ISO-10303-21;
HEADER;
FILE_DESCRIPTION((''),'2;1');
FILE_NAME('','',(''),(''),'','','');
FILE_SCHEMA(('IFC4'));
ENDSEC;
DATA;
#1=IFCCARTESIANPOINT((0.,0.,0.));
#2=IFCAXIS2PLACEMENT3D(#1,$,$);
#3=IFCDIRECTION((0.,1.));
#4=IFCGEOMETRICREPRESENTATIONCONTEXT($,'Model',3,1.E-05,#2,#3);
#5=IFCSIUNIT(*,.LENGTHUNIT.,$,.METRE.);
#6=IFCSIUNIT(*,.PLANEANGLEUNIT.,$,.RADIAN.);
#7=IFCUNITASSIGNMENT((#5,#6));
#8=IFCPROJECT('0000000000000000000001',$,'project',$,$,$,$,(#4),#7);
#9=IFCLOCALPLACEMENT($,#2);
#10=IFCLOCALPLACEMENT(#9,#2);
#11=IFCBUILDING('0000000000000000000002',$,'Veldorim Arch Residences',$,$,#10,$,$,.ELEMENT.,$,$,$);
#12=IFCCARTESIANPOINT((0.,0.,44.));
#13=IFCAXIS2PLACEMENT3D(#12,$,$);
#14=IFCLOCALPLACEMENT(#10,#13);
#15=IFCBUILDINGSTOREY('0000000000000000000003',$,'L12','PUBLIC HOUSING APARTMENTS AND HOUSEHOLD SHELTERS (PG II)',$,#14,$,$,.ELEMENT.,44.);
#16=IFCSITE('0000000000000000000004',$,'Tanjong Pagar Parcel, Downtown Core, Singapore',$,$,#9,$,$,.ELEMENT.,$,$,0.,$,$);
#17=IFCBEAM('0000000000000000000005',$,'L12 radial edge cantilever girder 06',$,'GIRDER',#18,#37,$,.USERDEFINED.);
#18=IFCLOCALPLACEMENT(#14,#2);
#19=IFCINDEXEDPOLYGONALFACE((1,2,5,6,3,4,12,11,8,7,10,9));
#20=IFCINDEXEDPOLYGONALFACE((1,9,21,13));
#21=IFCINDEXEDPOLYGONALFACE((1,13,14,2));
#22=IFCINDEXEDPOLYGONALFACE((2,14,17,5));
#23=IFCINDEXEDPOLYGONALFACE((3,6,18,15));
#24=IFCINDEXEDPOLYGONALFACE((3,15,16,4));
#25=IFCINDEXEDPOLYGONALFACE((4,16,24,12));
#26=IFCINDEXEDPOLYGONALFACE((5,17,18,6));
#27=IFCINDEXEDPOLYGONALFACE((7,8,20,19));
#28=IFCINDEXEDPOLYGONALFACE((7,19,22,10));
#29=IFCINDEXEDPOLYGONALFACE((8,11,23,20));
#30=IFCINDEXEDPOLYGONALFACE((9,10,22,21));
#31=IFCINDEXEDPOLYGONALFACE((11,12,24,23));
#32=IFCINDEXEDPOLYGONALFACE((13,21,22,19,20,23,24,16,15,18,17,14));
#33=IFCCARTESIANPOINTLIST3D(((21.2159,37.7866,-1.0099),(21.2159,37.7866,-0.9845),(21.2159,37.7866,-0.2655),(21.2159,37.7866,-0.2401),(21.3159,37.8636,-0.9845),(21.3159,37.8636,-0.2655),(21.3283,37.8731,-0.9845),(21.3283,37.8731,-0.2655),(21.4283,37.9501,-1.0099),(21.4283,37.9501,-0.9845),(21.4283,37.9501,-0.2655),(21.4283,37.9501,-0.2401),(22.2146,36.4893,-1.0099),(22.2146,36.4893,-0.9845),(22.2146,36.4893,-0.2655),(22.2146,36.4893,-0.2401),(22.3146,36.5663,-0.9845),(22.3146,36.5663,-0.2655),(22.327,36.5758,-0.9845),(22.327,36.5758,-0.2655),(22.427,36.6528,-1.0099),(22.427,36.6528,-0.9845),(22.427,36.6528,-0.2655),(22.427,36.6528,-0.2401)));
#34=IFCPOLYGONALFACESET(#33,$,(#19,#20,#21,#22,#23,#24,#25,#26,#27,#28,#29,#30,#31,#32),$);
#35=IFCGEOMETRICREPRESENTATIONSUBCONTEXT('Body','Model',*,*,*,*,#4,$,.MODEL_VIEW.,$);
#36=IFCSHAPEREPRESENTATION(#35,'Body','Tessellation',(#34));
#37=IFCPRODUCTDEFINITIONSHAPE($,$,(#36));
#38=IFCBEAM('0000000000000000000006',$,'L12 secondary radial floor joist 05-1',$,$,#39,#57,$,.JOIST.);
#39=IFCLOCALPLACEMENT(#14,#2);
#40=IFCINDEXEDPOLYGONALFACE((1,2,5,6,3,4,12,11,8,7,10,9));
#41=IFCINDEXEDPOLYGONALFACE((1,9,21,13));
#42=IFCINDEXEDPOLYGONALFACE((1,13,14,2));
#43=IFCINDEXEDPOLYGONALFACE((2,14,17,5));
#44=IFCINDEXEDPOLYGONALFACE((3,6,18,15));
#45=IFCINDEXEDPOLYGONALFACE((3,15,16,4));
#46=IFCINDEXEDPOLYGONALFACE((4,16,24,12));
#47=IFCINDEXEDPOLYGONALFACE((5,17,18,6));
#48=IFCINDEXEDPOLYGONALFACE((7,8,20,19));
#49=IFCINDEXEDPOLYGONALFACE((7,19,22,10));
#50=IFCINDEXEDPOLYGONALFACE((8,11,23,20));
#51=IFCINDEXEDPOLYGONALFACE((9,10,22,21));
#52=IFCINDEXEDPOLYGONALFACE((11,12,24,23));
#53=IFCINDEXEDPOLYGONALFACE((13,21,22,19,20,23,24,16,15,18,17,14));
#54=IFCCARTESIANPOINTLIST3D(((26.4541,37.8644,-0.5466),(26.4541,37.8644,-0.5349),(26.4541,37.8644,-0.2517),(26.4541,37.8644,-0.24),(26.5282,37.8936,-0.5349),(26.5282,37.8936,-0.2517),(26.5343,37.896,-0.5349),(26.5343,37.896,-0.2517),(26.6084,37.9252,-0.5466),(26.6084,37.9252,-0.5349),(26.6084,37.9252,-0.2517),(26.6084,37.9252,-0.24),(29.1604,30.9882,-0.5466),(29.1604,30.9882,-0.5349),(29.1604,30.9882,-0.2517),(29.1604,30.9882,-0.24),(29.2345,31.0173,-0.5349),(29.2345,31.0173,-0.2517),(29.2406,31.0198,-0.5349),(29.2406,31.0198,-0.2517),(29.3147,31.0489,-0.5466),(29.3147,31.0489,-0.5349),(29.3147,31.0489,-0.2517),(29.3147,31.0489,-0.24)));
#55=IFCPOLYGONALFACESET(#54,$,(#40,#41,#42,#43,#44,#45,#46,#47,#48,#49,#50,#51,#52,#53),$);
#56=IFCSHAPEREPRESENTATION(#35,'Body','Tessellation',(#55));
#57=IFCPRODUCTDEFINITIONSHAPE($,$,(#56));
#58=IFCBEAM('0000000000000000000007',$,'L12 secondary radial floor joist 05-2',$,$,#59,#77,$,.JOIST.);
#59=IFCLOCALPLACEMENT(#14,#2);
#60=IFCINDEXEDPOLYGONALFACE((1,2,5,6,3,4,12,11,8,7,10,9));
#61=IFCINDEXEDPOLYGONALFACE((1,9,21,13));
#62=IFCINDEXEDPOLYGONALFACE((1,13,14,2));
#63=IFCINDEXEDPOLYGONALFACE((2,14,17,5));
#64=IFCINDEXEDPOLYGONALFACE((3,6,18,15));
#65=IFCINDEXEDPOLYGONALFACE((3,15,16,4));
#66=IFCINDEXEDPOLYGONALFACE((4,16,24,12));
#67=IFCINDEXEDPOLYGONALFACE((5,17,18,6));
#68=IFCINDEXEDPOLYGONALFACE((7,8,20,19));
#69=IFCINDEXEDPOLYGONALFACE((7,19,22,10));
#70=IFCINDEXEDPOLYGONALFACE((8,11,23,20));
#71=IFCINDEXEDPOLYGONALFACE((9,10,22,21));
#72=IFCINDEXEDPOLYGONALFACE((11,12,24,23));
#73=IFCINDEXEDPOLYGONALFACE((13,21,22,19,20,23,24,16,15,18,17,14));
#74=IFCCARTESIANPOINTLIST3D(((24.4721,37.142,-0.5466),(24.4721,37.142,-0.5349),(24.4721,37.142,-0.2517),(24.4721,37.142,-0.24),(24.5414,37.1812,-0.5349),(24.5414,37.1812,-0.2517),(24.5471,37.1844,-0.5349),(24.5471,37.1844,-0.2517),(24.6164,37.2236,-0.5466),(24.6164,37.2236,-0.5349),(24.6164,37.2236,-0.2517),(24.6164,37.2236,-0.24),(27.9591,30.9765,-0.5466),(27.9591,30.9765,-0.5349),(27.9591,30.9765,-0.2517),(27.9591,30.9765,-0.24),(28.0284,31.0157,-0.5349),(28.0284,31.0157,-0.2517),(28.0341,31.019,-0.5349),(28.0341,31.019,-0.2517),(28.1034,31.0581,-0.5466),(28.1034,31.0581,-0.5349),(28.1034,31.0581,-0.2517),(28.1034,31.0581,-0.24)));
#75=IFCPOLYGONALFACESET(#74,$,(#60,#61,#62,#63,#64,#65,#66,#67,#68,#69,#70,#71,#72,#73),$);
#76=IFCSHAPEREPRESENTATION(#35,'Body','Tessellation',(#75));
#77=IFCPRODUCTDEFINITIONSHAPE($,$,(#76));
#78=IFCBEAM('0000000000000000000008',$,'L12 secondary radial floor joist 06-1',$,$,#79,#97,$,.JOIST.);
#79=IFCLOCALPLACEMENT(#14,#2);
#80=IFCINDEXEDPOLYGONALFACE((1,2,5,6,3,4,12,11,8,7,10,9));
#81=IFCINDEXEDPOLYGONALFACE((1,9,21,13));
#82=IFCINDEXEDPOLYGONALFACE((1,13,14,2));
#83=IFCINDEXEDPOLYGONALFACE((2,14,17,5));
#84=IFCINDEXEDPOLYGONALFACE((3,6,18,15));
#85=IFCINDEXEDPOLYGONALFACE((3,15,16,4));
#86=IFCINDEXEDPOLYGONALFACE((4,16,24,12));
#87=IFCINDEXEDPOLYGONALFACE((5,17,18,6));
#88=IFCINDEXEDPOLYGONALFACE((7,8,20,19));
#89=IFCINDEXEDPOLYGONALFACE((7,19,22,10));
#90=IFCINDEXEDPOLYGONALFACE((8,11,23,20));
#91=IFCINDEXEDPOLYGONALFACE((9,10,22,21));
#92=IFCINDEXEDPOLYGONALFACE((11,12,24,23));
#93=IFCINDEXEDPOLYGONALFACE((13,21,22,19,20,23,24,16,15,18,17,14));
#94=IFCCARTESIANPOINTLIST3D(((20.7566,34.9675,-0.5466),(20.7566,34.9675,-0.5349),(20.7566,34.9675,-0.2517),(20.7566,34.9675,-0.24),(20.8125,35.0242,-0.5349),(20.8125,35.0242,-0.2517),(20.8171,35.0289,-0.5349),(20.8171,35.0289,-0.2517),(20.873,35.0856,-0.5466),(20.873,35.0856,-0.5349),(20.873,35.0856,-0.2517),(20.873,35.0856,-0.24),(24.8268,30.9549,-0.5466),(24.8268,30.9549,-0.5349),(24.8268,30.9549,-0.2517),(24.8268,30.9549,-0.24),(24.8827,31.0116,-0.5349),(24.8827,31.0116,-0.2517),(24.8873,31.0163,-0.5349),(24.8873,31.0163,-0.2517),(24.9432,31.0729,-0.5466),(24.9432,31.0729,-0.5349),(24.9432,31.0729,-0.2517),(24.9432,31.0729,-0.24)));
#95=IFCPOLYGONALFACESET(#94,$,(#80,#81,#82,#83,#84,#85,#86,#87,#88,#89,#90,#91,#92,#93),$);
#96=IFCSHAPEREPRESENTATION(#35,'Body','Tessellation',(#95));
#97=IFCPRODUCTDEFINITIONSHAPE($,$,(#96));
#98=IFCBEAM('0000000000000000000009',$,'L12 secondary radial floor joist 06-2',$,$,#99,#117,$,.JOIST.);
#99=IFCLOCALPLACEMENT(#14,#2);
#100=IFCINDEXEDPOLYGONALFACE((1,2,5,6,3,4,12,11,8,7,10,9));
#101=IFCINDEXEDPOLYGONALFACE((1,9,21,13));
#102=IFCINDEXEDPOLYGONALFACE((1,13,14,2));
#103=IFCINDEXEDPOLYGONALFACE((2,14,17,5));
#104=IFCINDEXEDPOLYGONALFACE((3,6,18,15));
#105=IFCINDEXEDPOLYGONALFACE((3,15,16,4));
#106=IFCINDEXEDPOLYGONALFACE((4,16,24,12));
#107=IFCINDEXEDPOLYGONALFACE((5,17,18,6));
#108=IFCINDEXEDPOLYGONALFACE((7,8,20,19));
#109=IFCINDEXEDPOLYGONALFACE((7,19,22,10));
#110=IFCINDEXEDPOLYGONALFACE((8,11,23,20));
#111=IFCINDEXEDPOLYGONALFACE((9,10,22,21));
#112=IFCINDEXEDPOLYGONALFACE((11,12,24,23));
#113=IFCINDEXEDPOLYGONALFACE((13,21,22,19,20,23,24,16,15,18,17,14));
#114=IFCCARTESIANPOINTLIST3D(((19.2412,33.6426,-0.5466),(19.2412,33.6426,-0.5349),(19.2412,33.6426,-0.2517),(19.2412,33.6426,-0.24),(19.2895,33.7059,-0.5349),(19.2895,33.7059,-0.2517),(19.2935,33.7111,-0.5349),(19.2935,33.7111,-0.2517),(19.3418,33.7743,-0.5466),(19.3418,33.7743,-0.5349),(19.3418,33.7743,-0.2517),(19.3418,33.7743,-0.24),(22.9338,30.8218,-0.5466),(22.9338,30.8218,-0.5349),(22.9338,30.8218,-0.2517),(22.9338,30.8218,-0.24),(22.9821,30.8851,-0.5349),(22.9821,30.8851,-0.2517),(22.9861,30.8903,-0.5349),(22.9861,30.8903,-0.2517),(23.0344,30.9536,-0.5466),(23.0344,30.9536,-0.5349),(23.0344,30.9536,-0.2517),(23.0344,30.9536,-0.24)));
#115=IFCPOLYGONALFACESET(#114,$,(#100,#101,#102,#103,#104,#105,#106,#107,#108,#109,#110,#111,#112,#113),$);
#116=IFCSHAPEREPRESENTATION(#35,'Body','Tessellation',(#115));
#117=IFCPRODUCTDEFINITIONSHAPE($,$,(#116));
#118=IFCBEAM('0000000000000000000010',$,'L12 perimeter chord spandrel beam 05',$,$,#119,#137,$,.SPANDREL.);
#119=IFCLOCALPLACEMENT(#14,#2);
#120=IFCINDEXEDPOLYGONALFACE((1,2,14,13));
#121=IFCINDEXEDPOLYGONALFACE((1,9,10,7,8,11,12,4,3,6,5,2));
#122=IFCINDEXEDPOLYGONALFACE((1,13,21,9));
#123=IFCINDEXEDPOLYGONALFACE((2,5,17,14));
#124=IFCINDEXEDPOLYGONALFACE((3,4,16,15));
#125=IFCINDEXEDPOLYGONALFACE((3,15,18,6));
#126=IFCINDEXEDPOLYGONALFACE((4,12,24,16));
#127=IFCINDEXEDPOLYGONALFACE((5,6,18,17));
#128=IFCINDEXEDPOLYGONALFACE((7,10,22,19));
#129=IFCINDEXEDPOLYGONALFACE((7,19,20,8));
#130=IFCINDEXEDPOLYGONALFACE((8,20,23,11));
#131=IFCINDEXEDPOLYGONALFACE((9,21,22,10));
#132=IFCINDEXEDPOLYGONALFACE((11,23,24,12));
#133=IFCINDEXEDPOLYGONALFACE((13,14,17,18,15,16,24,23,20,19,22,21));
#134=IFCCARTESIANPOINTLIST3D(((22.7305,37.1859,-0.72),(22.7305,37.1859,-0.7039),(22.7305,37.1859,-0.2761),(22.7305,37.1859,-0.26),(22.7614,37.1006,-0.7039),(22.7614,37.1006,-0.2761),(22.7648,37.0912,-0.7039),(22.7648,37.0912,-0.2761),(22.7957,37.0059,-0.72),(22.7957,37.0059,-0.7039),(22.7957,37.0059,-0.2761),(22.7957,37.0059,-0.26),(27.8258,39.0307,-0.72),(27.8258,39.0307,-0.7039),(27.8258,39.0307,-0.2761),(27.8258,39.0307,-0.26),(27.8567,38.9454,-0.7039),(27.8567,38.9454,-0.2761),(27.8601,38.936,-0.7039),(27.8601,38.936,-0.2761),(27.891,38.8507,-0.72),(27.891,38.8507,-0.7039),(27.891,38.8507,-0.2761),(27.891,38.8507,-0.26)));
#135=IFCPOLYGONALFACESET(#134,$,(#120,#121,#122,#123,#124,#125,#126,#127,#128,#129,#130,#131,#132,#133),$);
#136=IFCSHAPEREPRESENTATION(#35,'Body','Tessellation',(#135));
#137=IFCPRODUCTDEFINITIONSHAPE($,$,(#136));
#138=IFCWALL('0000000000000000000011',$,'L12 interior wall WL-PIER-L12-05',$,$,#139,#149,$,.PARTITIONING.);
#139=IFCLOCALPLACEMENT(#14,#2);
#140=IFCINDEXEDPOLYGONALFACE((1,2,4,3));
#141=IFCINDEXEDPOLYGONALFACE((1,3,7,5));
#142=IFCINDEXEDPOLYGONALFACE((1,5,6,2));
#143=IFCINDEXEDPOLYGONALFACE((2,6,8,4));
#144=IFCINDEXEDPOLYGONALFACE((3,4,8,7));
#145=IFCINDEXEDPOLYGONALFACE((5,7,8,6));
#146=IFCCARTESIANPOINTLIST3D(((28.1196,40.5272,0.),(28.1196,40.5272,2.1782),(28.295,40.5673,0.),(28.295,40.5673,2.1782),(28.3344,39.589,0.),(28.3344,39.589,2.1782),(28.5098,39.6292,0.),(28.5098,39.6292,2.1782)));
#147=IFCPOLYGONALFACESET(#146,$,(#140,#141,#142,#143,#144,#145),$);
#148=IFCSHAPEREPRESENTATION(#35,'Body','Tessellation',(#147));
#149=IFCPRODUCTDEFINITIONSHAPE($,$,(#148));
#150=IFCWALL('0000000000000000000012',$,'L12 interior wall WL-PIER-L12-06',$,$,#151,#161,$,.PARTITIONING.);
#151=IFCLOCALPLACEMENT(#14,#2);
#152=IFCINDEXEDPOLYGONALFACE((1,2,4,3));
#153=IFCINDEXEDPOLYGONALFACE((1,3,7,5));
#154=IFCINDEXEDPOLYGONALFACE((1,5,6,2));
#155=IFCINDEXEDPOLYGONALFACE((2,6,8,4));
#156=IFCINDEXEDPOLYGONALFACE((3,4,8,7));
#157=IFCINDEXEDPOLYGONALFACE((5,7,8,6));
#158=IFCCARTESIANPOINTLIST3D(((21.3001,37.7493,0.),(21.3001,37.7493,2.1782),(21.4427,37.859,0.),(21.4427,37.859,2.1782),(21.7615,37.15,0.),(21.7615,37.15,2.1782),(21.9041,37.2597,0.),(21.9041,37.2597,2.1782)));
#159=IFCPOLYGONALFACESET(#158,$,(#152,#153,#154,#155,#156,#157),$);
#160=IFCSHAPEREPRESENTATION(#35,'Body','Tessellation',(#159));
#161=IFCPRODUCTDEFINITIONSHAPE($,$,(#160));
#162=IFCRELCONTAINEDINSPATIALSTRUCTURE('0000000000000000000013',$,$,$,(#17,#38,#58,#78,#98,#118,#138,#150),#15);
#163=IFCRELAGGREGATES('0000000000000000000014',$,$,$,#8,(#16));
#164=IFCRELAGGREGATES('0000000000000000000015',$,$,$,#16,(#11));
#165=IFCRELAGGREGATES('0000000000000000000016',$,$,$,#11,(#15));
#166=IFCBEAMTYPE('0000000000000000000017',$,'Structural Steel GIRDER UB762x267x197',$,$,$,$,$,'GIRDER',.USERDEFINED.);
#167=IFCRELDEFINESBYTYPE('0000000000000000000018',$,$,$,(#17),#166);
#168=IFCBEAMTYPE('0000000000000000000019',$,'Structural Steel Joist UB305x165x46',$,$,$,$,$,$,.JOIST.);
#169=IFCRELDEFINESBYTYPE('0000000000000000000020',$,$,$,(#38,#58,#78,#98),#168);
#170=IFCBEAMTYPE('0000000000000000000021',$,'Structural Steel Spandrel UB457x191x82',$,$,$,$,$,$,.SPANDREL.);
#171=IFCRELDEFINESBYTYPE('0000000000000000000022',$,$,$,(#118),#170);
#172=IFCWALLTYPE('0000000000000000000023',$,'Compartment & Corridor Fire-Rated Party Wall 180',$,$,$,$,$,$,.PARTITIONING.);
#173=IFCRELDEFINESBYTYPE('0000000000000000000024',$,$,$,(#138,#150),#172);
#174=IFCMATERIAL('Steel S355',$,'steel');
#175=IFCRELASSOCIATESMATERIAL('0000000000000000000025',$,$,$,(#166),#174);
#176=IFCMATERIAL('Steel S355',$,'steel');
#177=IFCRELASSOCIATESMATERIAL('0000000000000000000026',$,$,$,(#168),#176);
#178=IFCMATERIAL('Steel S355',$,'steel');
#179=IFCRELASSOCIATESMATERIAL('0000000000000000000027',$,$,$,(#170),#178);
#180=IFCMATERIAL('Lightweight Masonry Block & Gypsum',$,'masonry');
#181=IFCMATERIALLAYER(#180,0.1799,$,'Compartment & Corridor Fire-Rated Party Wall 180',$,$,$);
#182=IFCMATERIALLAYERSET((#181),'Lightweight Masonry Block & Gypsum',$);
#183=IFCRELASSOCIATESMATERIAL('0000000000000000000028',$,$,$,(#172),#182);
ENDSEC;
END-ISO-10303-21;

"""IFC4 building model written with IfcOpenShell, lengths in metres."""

from ifc_helpers import new_model, si_unit, direction, frame, frame_2d, origin, origin_2d, place, context, subcontext, project, spatial, rectangle, i_section, extrude, material, layer, layer_set, material_profile, profile_set, type_object, element, save


model = new_model("IFC4")

# Units and contexts
model_context = context("Model", 3, precision=1e-05, world=origin(), true_north=direction((0.0, 1.0)))
body_context = subcontext(model_context, "Body", "Model", "MODEL_VIEW")
ifc_project = project(units=[si_unit("LENGTHUNIT", "METRE"), si_unit("PLANEANGLEUNIT", "RADIAN")], contexts=[model_context])

# Site, building, storey
site_placement = place(None, origin())
site = spatial("IfcSite", under=ifc_project, at=site_placement, Name="Tanjong Pagar Parcel, Downtown Core, Singapore", CompositionType="ELEMENT", RefElevation=0.0)
building_placement = place(site_placement, origin())
building = spatial("IfcBuilding", under=site, at=building_placement, Name="Veldorim Arch Residences", CompositionType="ELEMENT")
storey_placement = place(building_placement, frame((0.0, 0.0, 44.0)))
storey = spatial("IfcBuildingStorey", under=building, at=storey_placement, Name="L12", Description="PUBLIC HOUSING APARTMENTS AND HOUSEHOLD SHELTERS (PG II)", CompositionType="ELEMENT", Elevation=44.0)

# Beams
ifc_material_1 = material(Name="Steel S355", Category="steel")
ifc_material_profile_1 = material_profile(ifc_material_1, i_section(OverallWidth=0.2681, OverallDepth=0.7698, WebThickness=0.0156, FlangeThickness=0.0254, at=origin_2d()), Name="UB762x267x197")
ifc_profile_set_1 = profile_set([ifc_material_profile_1], Name="Steel S355")
beam_type_1 = type_object("IfcBeamType", Name="Structural Steel GIRDER UB762x267x197", ElementType="GIRDER", PredefinedType="USERDEFINED", material=ifc_profile_set_1)
beam_1_placement = place(storey_placement, frame((22.3208, 36.571, -0.625), z_axis=(-0.610021, 0.792386, 0.0), x_axis=(-0.792386, -0.610021, 0.0)))
element("IfcBeam", 1, at=beam_1_placement, inside=storey, type_object=beam_type_1, Name="L12 radial edge cantilever girder 06", ObjectType="GIRDER", PredefinedType="USERDEFINED", context=body_context, shape_type="SweptSolid", body=[
    extrude(i_section(OverallWidth=0.2681, OverallDepth=0.7698, WebThickness=0.0156, FlangeThickness=0.0254, at=origin_2d()), origin(), (0.0, 0.0, 1.0), 1.6372),
])
ifc_material_2 = material(Name="Steel S355", Category="steel")
ifc_material_profile_2 = material_profile(ifc_material_2, i_section(OverallWidth=0.1658, OverallDepth=0.3066, WebThickness=0.0066, FlangeThickness=0.0117, at=origin_2d()), Name="UB305x165x46")
ifc_profile_set_2 = profile_set([ifc_material_profile_2], Name="Steel S355")
beam_type_2 = type_object("IfcBeamType", Name="Structural Steel Joist UB305x165x46", PredefinedType="JOIST", material=ifc_profile_set_2)
beam_2_placement = place(storey_placement, frame((29.2375, 31.0186, -0.3933), z_axis=(-0.36623, 0.930524, 0.0), x_axis=(-0.930524, -0.36623, 0.0)))
element("IfcBeam", 2, at=beam_2_placement, inside=storey, type_object=beam_type_2, Name="L12 secondary radial floor joist 05-1", PredefinedType="JOIST", context=body_context, shape_type="SweptSolid", body=[
    extrude(i_section(OverallWidth=0.1658, OverallDepth=0.3066, WebThickness=0.0066, FlangeThickness=0.0117, at=origin_2d()), origin(), (0.0, 0.0, 1.0), 7.3896),
])
beam_3_placement = place(storey_placement, frame((28.0312, 31.0173, -0.3933), z_axis=(-0.492292, 0.87043, 0.0), x_axis=(-0.87043, -0.492292, 0.0)))
element("IfcBeam", 3, at=beam_3_placement, inside=storey, type_object=beam_type_2, Name="L12 secondary radial floor joist 05-2", PredefinedType="JOIST", context=body_context, shape_type="SweptSolid", body=[
    extrude(i_section(OverallWidth=0.1658, OverallDepth=0.3066, WebThickness=0.0066, FlangeThickness=0.0117, at=origin_2d()), origin(), (0.0, 0.0, 1.0), 7.0833),
])
beam_4_placement = place(storey_placement, frame((24.885, 31.0139, -0.3933), z_axis=(-0.712129, 0.702049, 0.0), x_axis=(-0.702049, -0.712129, 0.0)))
element("IfcBeam", 4, at=beam_4_placement, inside=storey, type_object=beam_type_2, Name="L12 secondary radial floor joist 06-1", PredefinedType="JOIST", context=body_context, shape_type="SweptSolid", body=[
    extrude(i_section(OverallWidth=0.1658, OverallDepth=0.3066, WebThickness=0.0066, FlangeThickness=0.0117, at=origin_2d()), origin(), (0.0, 0.0, 1.0), 5.7156),
])
beam_5_placement = place(storey_placement, frame((22.9841, 30.8877, -0.3933), z_axis=(-0.794666, 0.607046, 0.0), x_axis=(-0.607046, -0.794666, 0.0)))
element("IfcBeam", 5, at=beam_5_placement, inside=storey, type_object=beam_type_2, Name="L12 secondary radial floor joist 06-2", PredefinedType="JOIST", context=body_context, shape_type="SweptSolid", body=[
    extrude(i_section(OverallWidth=0.1658, OverallDepth=0.3066, WebThickness=0.0066, FlangeThickness=0.0117, at=origin_2d()), origin(), (0.0, 0.0, 1.0), 4.6467),
])
ifc_material_3 = material(Name="Steel S355", Category="steel")
ifc_material_profile_3 = material_profile(ifc_material_3, i_section(OverallWidth=0.1914, OverallDepth=0.46, WebThickness=0.01, FlangeThickness=0.0161, at=origin_2d()), Name="UB457x191x82")
ifc_profile_set_3 = profile_set([ifc_material_profile_3], Name="Steel S355")
beam_type_3 = type_object("IfcBeamType", Name="Structural Steel Spandrel UB457x191x82", PredefinedType="SPANDREL", material=ifc_profile_set_3)
beam_6_placement = place(storey_placement, frame((27.8584, 38.9407, -0.49), z_axis=(-0.940271, -0.340426, 0.0), x_axis=(0.340426, -0.940271, 0.0)))
element("IfcBeam", 6, at=beam_6_placement, inside=storey, type_object=beam_type_3, Name="L12 perimeter chord spandrel beam 05", PredefinedType="SPANDREL", context=body_context, shape_type="SweptSolid", body=[
    extrude(i_section(OverallWidth=0.1914, OverallDepth=0.46, WebThickness=0.01, FlangeThickness=0.0161, at=origin_2d()), origin(), (0.0, 0.0, 1.0), 5.4189),
])

# Walls
ifc_material_4 = material(Name="Lightweight Masonry Block & Gypsum", Category="masonry")
ifc_layer_1 = layer(ifc_material_4, 0.1799, Name="Compartment & Corridor Fire-Rated Party Wall 180")
ifc_layer_set_1 = layer_set([ifc_layer_1], Name="Lightweight Masonry Block & Gypsum")
wall_type_1 = type_object("IfcWallType", Name="Compartment & Corridor Fire-Rated Party Wall 180", PredefinedType="PARTITIONING", material=ifc_layer_set_1)
wall_1_placement = place(storey_placement, frame((28.4221, 39.6091, 0.0), z_axis=(0.0, 0.0, 1.0), x_axis=(-0.22321, 0.97477, 0.0)))
element("IfcWall", 7, at=wall_1_placement, inside=storey, type_object=wall_type_1, Name="L12 interior wall WL-PIER-L12-05", PredefinedType="PARTITIONING", context=body_context, shape_type="SweptSolid", body=[
    extrude(rectangle(XDim=0.9624, YDim=0.1799, at=frame_2d((0.4812, 0.0))), origin(), (0.0, 0.0, 1.0), 2.1782),
])
wall_2_placement = place(storey_placement, frame((21.8328, 37.2048, 0.0), z_axis=(0.0, 0.0, 1.0), x_axis=(-0.610023, 0.792384, 0.0)))
element("IfcWall", 8, at=wall_2_placement, inside=storey, type_object=wall_type_1, Name="L12 interior wall WL-PIER-L12-06", PredefinedType="PARTITIONING", context=body_context, shape_type="SweptSolid", body=[
    extrude(rectangle(XDim=0.7563, YDim=0.1799, at=frame_2d((0.3782, 0.0))), origin(), (0.0, 0.0, 1.0), 2.1782),
])

save(model, "model.ifc")
